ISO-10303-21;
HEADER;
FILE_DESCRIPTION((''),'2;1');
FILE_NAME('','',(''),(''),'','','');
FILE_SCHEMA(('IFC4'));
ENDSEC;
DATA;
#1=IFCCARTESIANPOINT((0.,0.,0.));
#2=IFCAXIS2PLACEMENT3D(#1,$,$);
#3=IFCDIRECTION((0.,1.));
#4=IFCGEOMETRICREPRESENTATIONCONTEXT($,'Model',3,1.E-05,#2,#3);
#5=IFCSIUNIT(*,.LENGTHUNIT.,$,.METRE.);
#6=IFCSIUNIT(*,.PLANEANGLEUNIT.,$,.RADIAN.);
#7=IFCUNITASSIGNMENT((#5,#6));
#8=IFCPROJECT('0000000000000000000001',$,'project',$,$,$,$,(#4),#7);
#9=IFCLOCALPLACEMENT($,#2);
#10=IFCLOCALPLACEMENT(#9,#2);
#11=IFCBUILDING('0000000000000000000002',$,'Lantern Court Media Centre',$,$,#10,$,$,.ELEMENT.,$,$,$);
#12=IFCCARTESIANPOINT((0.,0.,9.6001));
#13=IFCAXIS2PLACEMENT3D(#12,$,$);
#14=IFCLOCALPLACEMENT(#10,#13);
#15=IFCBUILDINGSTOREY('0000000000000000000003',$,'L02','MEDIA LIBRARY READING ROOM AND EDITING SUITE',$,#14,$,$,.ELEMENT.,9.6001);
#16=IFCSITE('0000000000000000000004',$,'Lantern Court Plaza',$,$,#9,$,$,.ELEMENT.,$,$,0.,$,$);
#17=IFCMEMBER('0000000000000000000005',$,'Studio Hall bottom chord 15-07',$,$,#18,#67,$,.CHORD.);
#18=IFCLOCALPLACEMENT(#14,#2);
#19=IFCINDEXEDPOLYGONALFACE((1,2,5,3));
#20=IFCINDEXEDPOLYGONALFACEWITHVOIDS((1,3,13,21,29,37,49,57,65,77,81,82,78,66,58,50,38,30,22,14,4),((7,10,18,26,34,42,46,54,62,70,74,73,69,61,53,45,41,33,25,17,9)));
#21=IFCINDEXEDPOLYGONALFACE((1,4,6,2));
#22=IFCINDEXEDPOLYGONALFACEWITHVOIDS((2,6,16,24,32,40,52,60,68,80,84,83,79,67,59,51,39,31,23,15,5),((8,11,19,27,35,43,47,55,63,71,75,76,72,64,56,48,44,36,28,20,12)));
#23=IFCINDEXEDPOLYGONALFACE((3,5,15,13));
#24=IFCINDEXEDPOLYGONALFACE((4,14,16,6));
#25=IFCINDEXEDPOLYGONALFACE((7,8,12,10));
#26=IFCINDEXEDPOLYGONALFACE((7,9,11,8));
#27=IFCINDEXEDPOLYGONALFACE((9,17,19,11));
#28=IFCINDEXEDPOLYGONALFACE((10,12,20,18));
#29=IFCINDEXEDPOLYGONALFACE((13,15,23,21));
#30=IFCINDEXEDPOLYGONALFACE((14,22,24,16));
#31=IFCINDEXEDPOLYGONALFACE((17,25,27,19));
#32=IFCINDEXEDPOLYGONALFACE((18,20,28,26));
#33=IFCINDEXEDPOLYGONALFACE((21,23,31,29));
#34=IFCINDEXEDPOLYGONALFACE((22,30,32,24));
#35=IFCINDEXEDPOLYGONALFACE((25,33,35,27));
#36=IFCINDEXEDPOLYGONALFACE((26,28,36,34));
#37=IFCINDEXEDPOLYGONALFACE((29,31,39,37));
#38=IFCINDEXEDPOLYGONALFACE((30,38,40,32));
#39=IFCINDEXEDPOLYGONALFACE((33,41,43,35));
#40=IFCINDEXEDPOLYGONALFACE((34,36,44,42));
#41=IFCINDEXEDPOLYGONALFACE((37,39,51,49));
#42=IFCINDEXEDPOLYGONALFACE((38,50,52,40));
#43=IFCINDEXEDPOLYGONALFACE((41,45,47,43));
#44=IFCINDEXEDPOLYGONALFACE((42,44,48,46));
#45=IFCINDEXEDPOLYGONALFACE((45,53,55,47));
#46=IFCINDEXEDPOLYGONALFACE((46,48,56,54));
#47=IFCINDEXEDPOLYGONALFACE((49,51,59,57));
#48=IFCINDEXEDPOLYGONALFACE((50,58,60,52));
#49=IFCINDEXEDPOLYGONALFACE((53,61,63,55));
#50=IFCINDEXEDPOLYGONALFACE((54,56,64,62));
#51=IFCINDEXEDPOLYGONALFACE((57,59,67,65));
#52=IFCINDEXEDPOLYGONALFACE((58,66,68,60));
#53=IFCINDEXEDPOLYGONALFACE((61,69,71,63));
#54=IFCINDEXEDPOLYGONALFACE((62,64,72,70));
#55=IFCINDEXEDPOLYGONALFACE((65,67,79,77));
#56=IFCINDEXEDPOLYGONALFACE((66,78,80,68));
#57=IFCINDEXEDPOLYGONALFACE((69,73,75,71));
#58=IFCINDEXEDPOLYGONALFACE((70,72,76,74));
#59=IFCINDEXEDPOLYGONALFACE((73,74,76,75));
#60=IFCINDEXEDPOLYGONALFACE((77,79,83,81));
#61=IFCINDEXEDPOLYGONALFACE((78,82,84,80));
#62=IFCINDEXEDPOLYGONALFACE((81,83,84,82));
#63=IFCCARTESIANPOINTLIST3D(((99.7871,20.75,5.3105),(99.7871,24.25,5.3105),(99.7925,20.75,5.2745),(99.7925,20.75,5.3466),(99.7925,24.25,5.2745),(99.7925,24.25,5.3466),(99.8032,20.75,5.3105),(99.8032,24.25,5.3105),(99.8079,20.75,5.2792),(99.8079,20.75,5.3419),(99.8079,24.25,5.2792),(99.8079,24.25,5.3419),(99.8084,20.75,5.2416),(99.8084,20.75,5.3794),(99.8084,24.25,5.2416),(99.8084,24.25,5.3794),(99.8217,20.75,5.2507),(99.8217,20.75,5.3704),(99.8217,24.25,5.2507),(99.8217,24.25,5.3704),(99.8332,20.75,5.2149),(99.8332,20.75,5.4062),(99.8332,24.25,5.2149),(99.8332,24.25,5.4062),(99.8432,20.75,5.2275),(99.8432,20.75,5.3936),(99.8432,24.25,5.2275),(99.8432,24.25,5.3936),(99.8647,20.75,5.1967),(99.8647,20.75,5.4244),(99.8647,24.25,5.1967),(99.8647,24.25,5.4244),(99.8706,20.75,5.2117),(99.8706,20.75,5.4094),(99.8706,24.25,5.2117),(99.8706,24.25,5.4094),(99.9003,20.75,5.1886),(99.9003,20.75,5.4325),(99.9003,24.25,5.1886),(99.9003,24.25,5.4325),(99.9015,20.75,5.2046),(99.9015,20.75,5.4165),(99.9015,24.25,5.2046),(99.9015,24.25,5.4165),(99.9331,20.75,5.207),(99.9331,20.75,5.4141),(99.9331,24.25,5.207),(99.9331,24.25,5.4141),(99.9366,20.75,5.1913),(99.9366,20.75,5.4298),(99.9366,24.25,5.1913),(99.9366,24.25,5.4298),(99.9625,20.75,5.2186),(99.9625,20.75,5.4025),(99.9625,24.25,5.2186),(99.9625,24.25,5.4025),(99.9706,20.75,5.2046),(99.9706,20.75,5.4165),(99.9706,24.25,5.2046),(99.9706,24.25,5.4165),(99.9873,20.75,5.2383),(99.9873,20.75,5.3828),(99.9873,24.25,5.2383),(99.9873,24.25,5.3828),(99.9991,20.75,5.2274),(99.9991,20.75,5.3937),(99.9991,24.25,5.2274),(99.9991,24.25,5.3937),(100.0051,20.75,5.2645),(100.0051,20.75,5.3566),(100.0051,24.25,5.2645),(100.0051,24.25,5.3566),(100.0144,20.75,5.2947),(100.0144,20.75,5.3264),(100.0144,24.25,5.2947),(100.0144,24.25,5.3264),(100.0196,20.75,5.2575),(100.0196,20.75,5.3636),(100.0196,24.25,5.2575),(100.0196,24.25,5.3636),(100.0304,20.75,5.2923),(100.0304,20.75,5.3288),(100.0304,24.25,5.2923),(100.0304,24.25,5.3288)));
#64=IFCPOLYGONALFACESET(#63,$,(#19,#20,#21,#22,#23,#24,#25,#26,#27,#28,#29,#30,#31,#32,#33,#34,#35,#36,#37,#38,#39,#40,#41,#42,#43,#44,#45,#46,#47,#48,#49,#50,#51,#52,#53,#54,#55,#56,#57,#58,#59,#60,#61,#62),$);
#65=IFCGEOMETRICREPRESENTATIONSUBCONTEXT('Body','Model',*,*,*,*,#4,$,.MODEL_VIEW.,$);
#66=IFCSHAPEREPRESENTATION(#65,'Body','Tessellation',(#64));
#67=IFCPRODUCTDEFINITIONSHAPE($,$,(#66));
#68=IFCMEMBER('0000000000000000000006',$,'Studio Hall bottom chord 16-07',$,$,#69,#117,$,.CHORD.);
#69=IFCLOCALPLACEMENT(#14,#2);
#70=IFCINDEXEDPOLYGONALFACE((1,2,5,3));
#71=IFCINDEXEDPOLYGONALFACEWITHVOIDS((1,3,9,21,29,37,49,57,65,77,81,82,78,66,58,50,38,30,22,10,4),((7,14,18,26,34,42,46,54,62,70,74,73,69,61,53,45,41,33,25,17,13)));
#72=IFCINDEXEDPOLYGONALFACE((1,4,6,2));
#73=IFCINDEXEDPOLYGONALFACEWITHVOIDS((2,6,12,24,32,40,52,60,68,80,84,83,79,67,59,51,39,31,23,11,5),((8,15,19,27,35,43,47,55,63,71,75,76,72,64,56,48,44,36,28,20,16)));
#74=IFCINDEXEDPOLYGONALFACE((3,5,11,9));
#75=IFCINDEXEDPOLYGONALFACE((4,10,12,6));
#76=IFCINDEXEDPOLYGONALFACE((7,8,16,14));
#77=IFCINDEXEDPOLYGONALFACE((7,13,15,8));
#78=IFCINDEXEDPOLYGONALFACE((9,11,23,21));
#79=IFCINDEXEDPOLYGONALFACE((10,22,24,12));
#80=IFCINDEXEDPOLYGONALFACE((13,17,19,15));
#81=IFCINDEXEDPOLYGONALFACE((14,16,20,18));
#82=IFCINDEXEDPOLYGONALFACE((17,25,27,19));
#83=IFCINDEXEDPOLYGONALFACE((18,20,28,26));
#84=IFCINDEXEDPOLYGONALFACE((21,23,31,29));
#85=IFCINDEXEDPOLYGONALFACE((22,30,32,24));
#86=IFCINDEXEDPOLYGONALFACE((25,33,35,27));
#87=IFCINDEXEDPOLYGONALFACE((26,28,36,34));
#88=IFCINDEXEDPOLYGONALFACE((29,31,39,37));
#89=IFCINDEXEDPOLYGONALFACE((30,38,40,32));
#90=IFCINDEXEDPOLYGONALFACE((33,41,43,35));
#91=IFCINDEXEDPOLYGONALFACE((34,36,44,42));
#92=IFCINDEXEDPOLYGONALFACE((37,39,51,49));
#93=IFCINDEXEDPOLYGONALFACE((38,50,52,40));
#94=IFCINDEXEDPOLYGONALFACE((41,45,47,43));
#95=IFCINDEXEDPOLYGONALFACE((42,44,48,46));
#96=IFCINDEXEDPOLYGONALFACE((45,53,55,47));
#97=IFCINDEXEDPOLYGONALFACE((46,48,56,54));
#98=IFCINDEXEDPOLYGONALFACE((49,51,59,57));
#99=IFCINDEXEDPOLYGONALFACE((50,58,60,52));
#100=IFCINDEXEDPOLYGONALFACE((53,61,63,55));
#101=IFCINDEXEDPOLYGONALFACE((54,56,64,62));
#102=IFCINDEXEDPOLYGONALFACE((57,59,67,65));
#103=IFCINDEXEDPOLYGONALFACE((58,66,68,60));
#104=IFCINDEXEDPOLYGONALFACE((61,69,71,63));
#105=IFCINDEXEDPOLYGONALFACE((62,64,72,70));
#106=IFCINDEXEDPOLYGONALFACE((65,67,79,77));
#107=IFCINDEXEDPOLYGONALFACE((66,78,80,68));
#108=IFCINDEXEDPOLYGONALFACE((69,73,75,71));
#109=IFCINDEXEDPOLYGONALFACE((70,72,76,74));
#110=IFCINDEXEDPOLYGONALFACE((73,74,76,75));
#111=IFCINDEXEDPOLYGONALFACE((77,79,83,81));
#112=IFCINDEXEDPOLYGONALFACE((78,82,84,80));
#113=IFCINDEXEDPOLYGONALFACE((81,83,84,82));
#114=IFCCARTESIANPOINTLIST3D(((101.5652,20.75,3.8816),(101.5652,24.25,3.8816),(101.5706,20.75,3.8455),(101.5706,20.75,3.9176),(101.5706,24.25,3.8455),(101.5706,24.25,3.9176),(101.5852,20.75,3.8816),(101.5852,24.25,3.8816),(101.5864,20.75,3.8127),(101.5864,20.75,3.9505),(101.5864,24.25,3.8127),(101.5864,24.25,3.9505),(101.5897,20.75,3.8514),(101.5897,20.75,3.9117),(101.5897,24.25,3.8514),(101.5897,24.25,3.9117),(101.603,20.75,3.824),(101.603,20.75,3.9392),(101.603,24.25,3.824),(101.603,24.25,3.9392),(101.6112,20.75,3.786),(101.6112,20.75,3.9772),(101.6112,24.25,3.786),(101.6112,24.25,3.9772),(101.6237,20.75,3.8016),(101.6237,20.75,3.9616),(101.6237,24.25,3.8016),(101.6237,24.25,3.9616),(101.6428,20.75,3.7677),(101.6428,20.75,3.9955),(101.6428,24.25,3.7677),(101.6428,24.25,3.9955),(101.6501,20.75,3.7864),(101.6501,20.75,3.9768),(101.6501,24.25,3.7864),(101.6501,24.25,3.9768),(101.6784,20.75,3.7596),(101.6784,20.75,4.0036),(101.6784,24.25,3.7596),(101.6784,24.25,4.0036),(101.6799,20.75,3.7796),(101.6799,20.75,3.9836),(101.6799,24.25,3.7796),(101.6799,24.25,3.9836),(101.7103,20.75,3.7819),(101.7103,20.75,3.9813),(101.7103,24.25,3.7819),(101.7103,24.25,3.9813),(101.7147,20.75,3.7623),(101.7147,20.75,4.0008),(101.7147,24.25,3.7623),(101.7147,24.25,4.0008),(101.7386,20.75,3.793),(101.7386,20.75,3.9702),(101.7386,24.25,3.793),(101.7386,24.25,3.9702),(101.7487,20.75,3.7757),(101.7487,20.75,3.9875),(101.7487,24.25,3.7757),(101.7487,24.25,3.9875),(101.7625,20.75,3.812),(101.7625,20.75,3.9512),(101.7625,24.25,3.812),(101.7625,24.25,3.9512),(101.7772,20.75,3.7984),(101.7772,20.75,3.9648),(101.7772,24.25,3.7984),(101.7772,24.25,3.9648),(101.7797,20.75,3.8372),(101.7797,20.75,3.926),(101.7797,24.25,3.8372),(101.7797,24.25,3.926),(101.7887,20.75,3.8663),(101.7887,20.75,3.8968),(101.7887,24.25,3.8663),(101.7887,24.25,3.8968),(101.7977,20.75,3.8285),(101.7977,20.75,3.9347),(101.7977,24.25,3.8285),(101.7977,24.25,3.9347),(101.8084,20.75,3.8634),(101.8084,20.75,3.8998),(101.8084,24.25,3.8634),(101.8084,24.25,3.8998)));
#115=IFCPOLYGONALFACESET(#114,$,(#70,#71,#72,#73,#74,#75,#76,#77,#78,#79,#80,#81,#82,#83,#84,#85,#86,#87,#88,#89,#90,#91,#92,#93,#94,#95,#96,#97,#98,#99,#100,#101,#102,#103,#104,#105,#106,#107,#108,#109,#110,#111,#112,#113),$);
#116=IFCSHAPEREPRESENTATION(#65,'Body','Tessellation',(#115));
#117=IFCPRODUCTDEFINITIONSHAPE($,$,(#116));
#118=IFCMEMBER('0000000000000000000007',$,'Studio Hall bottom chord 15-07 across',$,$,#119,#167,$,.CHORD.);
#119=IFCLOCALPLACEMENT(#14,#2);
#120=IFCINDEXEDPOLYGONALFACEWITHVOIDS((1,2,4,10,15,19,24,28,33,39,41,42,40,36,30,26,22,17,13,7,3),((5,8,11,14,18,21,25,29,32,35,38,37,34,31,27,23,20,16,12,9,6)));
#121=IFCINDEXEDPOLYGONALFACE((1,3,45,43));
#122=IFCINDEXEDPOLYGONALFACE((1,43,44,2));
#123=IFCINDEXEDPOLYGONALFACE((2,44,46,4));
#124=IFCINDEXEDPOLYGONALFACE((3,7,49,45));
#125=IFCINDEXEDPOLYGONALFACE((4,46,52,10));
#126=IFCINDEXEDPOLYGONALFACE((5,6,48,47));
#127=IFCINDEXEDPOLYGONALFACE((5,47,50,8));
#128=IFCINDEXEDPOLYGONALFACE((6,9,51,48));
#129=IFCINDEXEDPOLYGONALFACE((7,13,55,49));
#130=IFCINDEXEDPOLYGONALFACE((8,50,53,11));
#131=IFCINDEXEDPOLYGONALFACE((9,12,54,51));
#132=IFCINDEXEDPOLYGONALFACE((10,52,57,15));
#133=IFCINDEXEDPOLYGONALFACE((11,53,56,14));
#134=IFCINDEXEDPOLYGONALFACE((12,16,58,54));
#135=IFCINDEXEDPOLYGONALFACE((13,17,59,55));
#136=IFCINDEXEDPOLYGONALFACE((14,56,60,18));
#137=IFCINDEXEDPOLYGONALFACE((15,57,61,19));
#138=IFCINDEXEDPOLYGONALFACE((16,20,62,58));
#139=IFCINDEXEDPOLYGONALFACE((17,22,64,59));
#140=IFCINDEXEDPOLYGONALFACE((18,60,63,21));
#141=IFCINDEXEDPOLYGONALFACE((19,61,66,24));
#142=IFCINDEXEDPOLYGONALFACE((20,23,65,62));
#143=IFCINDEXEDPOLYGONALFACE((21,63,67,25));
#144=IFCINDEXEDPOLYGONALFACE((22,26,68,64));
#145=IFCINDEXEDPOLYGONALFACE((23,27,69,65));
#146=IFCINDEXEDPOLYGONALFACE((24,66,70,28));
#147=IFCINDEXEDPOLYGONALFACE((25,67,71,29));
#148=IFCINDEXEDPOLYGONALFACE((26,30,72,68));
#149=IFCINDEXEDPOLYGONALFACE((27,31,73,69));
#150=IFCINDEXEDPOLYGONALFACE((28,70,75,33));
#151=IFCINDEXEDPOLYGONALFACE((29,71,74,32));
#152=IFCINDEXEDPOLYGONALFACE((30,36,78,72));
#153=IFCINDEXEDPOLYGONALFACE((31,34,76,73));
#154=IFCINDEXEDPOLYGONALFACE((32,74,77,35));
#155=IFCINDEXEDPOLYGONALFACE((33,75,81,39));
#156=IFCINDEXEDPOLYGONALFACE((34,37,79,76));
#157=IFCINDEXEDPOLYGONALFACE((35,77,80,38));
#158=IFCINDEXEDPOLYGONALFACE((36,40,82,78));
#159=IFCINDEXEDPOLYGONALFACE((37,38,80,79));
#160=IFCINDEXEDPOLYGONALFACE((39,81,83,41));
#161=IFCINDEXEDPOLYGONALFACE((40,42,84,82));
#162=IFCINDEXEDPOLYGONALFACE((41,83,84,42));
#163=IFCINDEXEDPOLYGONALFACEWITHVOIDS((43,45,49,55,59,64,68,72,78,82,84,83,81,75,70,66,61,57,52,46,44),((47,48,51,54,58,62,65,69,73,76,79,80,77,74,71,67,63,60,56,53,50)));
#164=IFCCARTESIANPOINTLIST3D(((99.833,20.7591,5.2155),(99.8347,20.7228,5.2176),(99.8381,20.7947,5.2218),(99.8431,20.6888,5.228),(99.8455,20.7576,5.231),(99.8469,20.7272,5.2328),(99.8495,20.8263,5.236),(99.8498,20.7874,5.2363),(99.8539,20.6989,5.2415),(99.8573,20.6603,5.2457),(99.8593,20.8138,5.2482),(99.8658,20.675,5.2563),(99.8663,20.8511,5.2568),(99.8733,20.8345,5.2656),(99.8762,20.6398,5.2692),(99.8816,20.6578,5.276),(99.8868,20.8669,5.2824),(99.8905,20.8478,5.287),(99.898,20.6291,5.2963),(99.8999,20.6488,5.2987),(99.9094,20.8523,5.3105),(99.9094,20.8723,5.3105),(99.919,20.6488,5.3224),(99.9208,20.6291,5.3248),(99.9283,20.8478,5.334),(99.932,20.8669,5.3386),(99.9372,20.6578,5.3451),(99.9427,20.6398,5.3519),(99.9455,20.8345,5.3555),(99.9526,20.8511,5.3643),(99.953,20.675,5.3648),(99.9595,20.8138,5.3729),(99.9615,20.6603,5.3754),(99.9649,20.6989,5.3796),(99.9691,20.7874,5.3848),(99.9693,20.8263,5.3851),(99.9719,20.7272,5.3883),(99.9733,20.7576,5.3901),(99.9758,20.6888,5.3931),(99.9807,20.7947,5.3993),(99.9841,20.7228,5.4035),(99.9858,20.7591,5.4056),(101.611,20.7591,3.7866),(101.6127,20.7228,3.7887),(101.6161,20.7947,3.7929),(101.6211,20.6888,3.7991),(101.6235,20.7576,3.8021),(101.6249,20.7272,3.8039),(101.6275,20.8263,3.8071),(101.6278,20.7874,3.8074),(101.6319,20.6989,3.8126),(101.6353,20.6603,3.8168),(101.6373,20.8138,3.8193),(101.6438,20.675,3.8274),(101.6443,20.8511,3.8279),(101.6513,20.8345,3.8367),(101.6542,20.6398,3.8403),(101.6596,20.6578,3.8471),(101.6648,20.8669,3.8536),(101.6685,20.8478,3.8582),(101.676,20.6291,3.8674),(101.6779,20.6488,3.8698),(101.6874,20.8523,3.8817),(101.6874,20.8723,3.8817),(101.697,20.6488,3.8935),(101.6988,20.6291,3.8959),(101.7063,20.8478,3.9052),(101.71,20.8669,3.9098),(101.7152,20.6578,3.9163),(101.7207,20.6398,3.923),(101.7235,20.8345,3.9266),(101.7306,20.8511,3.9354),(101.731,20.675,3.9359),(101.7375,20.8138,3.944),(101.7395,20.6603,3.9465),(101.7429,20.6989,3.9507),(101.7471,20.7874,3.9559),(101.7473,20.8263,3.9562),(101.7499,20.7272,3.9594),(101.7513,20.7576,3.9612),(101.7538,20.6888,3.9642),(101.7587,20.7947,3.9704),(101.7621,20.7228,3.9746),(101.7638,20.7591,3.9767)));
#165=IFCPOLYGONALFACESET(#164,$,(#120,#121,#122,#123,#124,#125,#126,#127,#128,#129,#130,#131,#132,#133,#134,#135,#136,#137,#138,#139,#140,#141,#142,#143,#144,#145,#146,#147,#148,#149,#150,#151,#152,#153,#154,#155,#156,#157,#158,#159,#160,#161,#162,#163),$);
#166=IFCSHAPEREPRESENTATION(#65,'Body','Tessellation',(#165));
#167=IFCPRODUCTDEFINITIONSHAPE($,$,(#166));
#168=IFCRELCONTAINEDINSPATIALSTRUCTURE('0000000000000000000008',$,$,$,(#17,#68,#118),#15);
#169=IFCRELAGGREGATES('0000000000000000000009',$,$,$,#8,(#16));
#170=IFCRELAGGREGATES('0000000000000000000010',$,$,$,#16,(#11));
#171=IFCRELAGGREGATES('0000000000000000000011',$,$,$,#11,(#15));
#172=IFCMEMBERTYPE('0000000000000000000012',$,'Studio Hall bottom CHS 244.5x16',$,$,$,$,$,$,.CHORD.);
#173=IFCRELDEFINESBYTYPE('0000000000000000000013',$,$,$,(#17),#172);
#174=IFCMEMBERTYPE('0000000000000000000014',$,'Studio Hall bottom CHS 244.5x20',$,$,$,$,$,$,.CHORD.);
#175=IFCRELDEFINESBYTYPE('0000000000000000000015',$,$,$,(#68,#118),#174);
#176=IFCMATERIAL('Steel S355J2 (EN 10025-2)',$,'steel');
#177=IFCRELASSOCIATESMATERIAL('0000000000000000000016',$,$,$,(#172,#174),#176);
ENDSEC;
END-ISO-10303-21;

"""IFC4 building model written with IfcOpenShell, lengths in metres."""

from ifc_helpers import new_model, si_unit, direction, frame, origin, origin_2d, place, context, subcontext, project, spatial, hollow_circle, extrude, material, material_profile, profile_set, type_object, element, save


model = new_model("IFC4")

# Units and contexts
model_context = context("Model", 3, precision=1e-05, world=origin(), true_north=direction((0.0, 1.0)))
body_context = subcontext(model_context, "Body", "Model", "MODEL_VIEW")
ifc_project = project(units=[si_unit("LENGTHUNIT", "METRE"), si_unit("PLANEANGLEUNIT", "RADIAN")], contexts=[model_context])

# Site, building, storey
site_placement = place(None, origin())
site = spatial("IfcSite", under=ifc_project, at=site_placement, Name="Lantern Court Plaza", CompositionType="ELEMENT", RefElevation=0.0)
building_placement = place(site_placement, origin())
building = spatial("IfcBuilding", under=site, at=building_placement, Name="Lantern Court Media Centre", CompositionType="ELEMENT")
storey_placement = place(building_placement, frame((0.0, 0.0, 9.6001)))
storey = spatial("IfcBuildingStorey", under=building, at=storey_placement, Name="L02", Description="MEDIA LIBRARY READING ROOM AND EDITING SUITE", CompositionType="ELEMENT", Elevation=9.6001)

# Shared definitions
ifc_material_1 = material(Name="Steel S355J2 (EN 10025-2)", Category="steel")

# Members
ifc_material_profile_1 = material_profile(ifc_material_1, hollow_circle(Radius=0.1223, WallThickness=0.0161, at=origin_2d()), Name="Studio Hall bottom CHS 244.5x16")
ifc_profile_set_1 = profile_set([ifc_material_profile_1], Name="Steel S355J2 (EN 10025-2)")
member_type_1 = type_object("IfcMemberType", Name="Studio Hall bottom CHS 244.5x16", PredefinedType="CHORD", material=ifc_profile_set_1)
member_1_placement = place(storey_placement, frame((99.9094, 20.75, 5.3105), z_axis=(0.0, 1.0, 0.0), x_axis=(-1.0, 0.0, 0.0)))
element("IfcMember", 1, at=member_1_placement, inside=storey, type_object=member_type_1, Name="Studio Hall bottom chord 15-07", PredefinedType="CHORD", context=body_context, shape_type="SweptSolid", body=[
    extrude(hollow_circle(Radius=0.1223, WallThickness=0.0161, at=origin_2d()), origin(), (0.0, 0.0, 1.0), 3.5),
])
ifc_material_profile_2 = material_profile(ifc_material_1, hollow_circle(Radius=0.1223, WallThickness=0.02, at=origin_2d()), Name="Studio Hall bottom CHS 244.5x20")
ifc_profile_set_2 = profile_set([ifc_material_profile_2], Name="Steel S355J2 (EN 10025-2)")
member_type_2 = type_object("IfcMemberType", Name="Studio Hall bottom CHS 244.5x20", PredefinedType="CHORD", material=ifc_profile_set_2)
member_2_placement = place(storey_placement, frame((101.6875, 20.75, 3.8816), z_axis=(0.0, 1.0, 0.0), x_axis=(-1.0, 0.0, 0.0)))
element("IfcMember", 2, at=member_2_placement, inside=storey, type_object=member_type_2, Name="Studio Hall bottom chord 16-07", PredefinedType="CHORD", context=body_context, shape_type="SweptSolid", body=[
    extrude(hollow_circle(Radius=0.1223, WallThickness=0.02, at=origin_2d()), origin(), (0.0, 0.0, 1.0), 3.5),
])
member_3_placement = place(storey_placement, frame((99.9094, 20.75, 5.3105), z_axis=(0.779478, 0.0, -0.626429), x_axis=(0.0, 1.0, 0.0)))
element("IfcMember", 3, at=member_3_placement, inside=storey, type_object=member_type_2, Name="Studio Hall bottom chord 15-07 across", PredefinedType="CHORD", context=body_context, shape_type="SweptSolid", body=[
    extrude(hollow_circle(Radius=0.1223, WallThickness=0.02, at=origin_2d()), origin(), (0.0, 0.0, 1.0), 2.281),
])

save(model, "model.ifc")
